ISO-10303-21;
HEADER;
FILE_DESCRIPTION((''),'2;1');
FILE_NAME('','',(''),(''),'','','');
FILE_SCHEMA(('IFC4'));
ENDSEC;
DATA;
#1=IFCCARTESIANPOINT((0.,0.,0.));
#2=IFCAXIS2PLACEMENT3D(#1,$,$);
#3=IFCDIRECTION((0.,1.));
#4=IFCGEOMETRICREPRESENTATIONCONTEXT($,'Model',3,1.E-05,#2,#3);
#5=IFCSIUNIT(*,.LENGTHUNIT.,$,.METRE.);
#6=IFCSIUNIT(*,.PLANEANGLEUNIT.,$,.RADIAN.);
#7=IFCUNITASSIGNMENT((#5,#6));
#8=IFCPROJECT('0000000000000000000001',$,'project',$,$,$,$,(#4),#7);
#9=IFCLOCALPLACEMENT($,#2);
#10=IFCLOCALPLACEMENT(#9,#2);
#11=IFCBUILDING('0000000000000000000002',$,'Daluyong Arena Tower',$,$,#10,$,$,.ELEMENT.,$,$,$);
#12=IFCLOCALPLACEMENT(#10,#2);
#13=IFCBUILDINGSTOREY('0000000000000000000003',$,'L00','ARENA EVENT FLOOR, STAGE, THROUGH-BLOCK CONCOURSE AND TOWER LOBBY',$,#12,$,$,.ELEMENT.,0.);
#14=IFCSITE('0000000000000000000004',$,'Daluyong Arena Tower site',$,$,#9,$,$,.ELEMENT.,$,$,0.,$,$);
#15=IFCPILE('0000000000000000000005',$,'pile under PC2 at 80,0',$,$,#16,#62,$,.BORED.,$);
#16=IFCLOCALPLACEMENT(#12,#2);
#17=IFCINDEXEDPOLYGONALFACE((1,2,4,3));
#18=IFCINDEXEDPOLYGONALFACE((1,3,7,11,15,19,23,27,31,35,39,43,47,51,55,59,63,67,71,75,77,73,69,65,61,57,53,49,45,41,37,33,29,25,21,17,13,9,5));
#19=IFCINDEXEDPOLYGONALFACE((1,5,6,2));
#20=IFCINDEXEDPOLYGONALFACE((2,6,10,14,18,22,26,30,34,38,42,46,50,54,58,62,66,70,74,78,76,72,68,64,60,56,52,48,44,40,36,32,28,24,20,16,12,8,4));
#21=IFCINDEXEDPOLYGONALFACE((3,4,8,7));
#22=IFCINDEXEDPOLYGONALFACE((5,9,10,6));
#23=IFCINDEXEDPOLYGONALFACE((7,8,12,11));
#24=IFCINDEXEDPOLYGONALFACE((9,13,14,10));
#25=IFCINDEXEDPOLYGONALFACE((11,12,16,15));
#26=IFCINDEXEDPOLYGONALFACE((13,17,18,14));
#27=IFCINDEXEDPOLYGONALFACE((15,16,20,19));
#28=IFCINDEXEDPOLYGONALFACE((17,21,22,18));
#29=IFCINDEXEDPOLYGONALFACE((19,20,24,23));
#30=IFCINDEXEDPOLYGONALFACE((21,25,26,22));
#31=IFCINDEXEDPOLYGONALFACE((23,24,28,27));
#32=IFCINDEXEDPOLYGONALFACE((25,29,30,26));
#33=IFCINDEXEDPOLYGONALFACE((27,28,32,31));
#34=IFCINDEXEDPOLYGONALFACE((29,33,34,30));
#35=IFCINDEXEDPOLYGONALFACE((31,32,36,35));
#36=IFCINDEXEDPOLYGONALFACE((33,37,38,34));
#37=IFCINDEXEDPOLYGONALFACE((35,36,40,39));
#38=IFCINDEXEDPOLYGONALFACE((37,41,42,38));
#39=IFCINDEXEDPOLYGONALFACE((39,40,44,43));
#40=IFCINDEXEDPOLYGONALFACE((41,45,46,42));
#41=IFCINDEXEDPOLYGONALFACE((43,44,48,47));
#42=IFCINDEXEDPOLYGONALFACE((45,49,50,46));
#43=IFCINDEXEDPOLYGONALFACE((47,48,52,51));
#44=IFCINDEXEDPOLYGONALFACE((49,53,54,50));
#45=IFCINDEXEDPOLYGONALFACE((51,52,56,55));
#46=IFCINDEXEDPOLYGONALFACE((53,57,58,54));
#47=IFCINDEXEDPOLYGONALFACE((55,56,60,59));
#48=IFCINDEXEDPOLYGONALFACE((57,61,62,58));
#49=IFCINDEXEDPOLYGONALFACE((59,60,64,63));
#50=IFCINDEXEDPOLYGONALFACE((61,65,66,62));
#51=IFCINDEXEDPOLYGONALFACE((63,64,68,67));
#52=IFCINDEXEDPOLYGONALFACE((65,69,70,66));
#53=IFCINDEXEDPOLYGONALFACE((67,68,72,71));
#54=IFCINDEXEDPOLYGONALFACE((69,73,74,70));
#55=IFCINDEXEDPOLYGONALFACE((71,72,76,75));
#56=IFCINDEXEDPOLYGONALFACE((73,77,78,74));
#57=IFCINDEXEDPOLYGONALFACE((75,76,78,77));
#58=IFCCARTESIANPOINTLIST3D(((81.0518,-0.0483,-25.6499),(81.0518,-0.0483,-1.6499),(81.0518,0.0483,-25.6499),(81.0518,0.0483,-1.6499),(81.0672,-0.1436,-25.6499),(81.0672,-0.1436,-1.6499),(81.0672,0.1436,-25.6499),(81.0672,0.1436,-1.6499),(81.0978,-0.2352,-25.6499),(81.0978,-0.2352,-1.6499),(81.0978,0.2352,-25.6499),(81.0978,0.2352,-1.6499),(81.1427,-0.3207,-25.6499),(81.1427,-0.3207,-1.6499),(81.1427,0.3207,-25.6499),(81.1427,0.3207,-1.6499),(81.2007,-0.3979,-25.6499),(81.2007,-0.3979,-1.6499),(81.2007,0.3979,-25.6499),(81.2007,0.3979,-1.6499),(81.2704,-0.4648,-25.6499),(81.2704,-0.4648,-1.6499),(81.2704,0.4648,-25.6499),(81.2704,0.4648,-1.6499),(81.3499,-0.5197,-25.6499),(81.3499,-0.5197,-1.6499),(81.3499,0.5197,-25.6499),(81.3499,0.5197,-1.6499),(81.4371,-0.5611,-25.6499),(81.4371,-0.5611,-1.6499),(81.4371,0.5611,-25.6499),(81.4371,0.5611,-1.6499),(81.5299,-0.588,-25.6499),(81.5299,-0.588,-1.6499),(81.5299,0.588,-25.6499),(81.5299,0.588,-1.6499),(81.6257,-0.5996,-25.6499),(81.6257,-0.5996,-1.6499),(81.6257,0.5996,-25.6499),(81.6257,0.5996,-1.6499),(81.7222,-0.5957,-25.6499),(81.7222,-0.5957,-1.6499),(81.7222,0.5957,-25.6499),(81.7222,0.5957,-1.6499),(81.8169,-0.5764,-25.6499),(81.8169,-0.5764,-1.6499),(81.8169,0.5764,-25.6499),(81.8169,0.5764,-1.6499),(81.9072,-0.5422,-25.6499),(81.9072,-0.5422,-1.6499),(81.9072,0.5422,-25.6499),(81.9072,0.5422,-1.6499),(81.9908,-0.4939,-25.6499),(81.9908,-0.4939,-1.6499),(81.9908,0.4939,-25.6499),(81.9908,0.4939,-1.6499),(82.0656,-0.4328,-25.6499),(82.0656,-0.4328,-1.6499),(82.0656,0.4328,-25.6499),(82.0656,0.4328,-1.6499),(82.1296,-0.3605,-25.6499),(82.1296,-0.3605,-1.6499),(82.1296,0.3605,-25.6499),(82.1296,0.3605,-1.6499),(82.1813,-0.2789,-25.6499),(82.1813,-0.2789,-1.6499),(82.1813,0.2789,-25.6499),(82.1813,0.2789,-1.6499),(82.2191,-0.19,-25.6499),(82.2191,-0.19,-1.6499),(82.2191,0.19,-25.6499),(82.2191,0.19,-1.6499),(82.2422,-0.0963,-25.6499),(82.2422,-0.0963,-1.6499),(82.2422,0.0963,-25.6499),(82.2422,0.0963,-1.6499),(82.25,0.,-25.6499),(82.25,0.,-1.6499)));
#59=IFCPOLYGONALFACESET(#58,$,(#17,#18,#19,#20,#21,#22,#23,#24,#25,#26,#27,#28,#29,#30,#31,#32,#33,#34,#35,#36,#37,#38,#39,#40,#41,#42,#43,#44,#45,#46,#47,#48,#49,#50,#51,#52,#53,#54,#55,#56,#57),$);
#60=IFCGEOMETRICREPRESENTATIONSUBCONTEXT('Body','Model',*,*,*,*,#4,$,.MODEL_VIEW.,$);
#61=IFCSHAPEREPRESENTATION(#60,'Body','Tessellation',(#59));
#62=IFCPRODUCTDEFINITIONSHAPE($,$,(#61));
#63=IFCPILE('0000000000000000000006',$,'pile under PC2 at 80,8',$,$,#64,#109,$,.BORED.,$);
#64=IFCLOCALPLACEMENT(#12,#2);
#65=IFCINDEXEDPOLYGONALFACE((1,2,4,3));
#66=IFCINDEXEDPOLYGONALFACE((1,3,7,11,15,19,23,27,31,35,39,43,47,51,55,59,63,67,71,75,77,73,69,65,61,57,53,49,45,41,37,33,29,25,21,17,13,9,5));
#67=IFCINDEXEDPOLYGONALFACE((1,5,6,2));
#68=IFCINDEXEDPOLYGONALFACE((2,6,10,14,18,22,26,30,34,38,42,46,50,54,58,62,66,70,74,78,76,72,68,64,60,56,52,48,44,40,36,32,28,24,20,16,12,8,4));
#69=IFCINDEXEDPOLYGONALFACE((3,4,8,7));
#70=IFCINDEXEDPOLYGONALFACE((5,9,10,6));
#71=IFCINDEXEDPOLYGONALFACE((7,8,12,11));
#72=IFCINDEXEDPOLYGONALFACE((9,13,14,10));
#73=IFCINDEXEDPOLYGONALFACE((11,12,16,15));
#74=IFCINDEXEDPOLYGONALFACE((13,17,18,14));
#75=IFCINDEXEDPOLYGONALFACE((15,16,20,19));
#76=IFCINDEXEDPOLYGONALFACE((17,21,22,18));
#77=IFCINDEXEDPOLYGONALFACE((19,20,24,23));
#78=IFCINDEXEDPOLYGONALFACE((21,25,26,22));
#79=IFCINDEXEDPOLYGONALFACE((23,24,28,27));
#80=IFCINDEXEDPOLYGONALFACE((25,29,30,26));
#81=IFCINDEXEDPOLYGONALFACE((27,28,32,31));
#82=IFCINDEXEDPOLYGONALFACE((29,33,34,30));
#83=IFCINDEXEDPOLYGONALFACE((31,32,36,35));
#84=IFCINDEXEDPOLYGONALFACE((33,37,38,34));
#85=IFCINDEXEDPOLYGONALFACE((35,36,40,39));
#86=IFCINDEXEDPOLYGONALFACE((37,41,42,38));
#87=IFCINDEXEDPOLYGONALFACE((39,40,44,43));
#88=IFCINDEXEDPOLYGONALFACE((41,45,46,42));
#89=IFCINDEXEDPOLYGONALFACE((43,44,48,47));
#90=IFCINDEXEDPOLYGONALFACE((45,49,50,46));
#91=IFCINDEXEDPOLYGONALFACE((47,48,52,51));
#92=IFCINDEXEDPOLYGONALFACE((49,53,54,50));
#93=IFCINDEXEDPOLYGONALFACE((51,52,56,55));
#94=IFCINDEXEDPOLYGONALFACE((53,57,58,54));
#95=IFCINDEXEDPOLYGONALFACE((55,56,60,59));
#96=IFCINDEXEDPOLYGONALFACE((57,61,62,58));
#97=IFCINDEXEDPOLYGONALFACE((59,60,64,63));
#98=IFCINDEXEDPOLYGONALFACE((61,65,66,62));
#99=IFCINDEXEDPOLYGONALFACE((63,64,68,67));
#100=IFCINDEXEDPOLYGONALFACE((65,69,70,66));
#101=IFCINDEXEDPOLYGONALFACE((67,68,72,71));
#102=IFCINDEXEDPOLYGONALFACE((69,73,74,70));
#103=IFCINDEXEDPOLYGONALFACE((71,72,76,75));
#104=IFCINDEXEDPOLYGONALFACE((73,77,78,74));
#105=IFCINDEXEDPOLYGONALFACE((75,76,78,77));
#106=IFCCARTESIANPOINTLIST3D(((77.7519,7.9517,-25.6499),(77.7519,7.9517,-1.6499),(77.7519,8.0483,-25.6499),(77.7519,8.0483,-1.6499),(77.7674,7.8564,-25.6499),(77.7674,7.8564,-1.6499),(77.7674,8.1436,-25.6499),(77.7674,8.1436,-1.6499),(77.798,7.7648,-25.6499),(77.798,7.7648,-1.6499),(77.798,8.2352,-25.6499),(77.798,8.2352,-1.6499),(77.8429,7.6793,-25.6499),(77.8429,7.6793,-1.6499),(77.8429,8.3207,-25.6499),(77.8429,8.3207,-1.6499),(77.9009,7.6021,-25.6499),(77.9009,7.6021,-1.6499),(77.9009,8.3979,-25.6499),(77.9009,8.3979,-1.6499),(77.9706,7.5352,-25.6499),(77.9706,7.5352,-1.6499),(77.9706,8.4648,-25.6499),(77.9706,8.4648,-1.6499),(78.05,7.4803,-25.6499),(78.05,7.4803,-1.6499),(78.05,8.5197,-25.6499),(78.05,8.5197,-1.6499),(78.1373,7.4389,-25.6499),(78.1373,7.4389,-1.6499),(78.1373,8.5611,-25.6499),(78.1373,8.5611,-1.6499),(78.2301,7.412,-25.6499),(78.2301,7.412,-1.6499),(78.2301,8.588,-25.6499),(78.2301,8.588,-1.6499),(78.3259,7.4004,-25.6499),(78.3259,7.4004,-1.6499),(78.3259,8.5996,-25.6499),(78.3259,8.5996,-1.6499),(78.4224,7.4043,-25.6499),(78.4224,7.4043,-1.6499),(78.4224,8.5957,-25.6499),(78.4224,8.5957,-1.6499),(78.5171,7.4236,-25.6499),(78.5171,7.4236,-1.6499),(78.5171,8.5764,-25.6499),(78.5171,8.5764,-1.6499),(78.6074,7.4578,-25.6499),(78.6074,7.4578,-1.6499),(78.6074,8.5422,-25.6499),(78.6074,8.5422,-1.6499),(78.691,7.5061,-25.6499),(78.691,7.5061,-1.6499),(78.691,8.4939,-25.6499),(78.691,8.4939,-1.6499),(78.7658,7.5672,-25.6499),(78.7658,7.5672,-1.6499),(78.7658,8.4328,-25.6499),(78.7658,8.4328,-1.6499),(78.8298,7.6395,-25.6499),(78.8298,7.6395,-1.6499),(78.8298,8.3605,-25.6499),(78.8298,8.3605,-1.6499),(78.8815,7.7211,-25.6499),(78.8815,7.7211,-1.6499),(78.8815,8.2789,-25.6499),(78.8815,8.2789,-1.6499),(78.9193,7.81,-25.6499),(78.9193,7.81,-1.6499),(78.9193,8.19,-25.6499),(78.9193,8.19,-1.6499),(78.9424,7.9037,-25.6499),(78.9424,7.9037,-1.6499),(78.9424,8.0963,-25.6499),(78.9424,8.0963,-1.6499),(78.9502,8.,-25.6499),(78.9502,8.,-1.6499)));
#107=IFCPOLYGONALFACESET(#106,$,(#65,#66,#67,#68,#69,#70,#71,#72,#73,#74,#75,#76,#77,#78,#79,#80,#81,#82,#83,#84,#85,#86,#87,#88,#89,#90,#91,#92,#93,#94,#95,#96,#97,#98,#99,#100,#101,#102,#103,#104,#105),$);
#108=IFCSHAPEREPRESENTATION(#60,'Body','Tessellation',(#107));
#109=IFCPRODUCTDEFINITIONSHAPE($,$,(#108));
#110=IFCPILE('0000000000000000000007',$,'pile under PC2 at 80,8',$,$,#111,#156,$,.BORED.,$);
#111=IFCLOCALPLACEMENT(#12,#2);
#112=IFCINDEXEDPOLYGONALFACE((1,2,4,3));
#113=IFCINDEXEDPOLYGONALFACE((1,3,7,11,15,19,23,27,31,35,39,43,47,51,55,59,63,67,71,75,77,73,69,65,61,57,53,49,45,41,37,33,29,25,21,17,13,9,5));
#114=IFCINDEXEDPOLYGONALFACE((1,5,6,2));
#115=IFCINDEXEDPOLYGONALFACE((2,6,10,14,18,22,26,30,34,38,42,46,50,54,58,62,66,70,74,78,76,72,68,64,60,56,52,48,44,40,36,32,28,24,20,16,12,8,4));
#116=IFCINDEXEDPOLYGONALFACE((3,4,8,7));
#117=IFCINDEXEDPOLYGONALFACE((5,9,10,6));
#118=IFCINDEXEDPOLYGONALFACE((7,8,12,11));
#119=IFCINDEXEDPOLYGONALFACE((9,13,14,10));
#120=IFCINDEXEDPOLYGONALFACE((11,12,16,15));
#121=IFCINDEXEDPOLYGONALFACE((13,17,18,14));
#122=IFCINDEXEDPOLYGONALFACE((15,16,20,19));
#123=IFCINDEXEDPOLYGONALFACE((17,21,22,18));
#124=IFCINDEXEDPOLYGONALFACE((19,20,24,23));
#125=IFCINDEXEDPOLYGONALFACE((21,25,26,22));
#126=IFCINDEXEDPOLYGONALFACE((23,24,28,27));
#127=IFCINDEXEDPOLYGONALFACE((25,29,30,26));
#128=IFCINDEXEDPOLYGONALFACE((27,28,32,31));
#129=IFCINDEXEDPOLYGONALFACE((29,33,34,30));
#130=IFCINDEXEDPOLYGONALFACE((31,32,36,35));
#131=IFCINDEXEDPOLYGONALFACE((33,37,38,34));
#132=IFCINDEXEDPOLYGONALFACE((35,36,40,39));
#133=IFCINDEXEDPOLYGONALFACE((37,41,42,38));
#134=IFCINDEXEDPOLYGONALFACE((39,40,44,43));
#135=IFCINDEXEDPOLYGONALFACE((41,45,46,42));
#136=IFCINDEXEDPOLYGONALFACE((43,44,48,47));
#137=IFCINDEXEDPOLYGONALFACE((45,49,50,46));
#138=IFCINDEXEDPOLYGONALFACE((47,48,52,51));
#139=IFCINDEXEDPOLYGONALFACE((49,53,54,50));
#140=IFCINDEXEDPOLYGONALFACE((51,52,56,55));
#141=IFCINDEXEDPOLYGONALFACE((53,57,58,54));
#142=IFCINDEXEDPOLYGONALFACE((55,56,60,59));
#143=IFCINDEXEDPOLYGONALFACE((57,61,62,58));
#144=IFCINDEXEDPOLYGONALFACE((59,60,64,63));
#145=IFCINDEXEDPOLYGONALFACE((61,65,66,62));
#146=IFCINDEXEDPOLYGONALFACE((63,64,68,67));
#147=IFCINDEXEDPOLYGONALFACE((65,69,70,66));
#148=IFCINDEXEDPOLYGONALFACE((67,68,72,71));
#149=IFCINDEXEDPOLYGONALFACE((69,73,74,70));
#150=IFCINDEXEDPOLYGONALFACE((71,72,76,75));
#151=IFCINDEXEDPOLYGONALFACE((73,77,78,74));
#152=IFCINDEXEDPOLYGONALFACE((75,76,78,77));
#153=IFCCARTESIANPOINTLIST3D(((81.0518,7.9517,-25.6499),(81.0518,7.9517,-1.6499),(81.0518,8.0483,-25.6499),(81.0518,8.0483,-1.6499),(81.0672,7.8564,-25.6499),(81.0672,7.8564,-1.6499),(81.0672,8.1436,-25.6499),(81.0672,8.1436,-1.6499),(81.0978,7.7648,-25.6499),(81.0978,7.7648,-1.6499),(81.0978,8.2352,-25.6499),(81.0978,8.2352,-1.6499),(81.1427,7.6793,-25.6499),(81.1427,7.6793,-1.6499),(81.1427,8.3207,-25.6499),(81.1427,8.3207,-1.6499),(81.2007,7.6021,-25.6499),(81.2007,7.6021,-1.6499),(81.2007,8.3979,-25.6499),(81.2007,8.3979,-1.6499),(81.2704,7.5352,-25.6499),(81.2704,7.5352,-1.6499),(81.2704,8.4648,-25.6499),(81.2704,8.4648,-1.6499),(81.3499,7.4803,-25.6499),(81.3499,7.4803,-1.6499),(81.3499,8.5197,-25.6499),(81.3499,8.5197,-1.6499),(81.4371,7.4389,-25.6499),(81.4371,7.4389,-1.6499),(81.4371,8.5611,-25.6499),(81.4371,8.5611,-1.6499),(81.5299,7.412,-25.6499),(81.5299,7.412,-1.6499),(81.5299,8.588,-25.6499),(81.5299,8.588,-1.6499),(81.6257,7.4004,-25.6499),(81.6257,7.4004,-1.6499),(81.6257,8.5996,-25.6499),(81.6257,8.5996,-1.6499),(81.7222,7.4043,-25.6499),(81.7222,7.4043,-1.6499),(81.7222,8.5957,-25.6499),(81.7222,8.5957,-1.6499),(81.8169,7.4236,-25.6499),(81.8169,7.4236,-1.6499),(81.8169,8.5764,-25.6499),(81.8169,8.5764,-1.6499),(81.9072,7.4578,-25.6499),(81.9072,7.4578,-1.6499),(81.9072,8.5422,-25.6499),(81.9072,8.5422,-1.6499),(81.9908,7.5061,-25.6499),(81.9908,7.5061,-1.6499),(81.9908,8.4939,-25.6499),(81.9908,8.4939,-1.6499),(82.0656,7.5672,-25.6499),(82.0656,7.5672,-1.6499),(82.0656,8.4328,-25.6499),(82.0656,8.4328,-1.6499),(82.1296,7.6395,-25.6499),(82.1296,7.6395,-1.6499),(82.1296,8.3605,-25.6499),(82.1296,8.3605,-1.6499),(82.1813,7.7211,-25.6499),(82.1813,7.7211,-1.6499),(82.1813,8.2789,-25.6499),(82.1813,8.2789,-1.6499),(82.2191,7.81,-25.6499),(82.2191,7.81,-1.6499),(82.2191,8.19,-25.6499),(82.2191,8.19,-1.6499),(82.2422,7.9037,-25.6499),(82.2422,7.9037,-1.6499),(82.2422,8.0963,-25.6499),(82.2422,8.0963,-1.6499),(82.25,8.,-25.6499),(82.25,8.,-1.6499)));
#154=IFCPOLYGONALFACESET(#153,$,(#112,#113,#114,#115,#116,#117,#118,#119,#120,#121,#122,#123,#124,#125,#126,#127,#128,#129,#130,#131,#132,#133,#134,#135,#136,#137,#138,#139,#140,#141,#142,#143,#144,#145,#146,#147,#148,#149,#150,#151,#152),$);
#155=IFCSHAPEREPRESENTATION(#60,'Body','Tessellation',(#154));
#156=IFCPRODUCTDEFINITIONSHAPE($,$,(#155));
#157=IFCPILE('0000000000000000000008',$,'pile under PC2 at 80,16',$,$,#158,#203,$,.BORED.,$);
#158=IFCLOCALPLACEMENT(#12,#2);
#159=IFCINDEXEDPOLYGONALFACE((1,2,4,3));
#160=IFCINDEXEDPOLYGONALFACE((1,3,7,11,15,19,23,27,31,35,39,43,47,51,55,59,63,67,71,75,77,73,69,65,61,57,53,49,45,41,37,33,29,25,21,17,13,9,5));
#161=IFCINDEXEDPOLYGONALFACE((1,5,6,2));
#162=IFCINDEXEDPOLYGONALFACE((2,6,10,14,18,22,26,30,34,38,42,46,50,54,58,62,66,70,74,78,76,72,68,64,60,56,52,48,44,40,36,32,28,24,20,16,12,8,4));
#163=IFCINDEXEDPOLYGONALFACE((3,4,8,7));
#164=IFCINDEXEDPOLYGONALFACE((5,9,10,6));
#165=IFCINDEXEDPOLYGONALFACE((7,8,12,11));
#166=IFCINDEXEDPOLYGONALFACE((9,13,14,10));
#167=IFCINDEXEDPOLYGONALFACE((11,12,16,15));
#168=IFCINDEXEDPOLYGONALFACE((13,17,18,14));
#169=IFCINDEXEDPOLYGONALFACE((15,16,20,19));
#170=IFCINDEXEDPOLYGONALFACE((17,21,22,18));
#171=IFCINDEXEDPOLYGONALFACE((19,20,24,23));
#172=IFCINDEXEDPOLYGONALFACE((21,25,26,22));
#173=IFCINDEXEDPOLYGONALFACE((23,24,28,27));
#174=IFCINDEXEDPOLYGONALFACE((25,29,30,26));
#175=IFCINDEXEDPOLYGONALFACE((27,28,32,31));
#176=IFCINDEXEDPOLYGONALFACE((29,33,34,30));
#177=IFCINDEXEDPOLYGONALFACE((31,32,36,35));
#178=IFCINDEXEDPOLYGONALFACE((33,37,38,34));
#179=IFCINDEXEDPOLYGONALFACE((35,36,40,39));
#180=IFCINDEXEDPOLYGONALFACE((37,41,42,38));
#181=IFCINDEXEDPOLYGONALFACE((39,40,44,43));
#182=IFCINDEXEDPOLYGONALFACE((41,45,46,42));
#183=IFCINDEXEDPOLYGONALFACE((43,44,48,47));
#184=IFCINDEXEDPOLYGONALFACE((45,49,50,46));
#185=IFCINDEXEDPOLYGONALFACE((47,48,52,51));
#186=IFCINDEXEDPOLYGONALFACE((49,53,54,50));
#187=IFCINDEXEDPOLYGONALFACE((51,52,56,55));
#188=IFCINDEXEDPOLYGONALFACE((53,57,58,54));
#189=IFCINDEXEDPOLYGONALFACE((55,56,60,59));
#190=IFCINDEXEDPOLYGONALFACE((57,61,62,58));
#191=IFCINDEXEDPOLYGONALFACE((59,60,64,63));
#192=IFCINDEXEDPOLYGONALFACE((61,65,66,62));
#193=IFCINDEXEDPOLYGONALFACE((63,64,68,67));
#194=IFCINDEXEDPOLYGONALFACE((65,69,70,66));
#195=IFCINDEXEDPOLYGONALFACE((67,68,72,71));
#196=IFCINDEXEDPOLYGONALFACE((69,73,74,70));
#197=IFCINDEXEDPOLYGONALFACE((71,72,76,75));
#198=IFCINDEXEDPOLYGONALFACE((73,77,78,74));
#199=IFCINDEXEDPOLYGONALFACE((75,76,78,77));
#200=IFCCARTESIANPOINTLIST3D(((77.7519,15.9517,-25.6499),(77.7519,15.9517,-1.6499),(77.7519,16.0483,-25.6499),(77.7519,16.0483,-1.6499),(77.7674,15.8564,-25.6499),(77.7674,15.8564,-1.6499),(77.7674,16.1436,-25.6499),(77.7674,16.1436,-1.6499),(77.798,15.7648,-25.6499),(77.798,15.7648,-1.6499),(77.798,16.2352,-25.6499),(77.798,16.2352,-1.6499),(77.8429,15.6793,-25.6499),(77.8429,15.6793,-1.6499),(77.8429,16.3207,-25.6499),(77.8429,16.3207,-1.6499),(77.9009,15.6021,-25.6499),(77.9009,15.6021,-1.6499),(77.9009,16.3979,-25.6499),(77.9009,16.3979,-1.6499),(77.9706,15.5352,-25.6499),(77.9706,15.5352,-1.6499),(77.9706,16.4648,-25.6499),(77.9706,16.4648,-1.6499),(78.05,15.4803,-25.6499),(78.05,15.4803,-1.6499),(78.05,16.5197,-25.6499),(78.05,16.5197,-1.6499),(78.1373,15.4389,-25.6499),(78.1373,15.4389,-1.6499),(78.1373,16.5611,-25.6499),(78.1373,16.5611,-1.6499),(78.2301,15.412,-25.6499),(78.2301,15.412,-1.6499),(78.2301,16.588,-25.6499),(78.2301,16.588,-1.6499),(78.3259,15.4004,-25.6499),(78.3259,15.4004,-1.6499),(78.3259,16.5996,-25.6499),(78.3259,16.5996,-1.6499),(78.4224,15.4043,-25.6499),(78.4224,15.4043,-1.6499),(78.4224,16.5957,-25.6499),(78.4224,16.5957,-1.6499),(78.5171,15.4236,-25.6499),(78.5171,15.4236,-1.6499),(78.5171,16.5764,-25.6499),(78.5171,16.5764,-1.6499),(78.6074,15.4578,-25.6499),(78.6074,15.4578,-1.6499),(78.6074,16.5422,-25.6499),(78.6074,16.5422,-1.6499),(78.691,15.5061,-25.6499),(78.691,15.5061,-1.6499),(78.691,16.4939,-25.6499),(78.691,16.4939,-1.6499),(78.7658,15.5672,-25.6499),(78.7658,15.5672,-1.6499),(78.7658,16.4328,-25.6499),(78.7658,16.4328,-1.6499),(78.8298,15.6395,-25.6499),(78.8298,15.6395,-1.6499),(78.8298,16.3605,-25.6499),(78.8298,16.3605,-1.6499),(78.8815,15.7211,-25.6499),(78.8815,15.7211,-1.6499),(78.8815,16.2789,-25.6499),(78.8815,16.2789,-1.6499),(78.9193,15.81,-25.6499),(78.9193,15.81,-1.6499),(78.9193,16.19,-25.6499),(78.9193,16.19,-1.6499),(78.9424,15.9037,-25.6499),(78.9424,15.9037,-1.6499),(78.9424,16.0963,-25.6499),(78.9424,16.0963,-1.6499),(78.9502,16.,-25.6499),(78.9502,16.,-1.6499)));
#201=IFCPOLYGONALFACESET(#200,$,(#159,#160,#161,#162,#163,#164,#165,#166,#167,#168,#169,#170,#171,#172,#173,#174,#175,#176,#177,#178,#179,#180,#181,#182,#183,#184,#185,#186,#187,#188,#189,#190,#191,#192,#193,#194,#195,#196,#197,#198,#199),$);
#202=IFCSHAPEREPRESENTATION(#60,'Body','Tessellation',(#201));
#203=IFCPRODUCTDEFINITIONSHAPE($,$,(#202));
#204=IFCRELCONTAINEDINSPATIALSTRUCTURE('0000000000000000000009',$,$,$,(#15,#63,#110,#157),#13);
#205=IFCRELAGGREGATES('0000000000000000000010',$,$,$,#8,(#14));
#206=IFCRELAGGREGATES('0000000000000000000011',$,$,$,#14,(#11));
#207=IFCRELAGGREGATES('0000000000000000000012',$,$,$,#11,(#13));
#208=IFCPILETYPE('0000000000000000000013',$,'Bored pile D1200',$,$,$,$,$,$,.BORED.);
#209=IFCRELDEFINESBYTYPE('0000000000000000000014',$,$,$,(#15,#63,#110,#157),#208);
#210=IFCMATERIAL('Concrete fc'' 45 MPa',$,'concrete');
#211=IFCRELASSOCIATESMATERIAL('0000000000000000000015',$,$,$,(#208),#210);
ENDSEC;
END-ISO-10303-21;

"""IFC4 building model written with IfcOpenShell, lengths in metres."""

from ifc_helpers import new_model, si_unit, direction, frame, origin, origin_2d, place, context, subcontext, project, spatial, circle, extrude, material, type_object, element, save


model = new_model("IFC4")

# Units and contexts
model_context = context("Model", 3, precision=1e-05, world=origin(), true_north=direction((0.0, 1.0)))
body_context = subcontext(model_context, "Body", "Model", "MODEL_VIEW")
ifc_project = project(units=[si_unit("LENGTHUNIT", "METRE"), si_unit("PLANEANGLEUNIT", "RADIAN")], contexts=[model_context])

# Site, building, storey
site_placement = place(None, origin())
site = spatial("IfcSite", under=ifc_project, at=site_placement, Name="Daluyong Arena Tower site", CompositionType="ELEMENT", RefElevation=0.0)
building_placement = place(site_placement, origin())
building = spatial("IfcBuilding", under=site, at=building_placement, Name="Daluyong Arena Tower", CompositionType="ELEMENT")
storey_placement = place(building_placement, origin())
storey = spatial("IfcBuildingStorey", under=building, at=storey_placement, Name="L00", Description="ARENA EVENT FLOOR, STAGE, THROUGH-BLOCK CONCOURSE AND TOWER LOBBY", CompositionType="ELEMENT", Elevation=0.0)

# Piles
ifc_material_1 = material(Name="Concrete fc' 45 MPa", Category="concrete")
pile_type = type_object("IfcPileType", Name="Bored pile D1200", PredefinedType="BORED", material=ifc_material_1)
for number, where, z_axis, x_axis, name in (
    (1, (81.6499, 0.0, -1.6499), (0.0, 0.0, -1.0), (1.0, 0.0, 0.0), "pile under PC2 at 80,0"),
    (2, (78.3501, 8.0, -1.6499), (0.0, 0.0, -1.0), (1.0, 0.0, 0.0), "pile under PC2 at 80,8"),
    (3, (81.6499, 8.0, -1.6499), (0.0, 0.0, -1.0), (1.0, 0.0, 0.0), "pile under PC2 at 80,8"),
    (4, (78.3501, 16.0, -1.6499), (0.0, 0.0, -1.0), (1.0, 0.0, 0.0), "pile under PC2 at 80,16"),
):
    element("IfcPile", number, at=place(storey_placement, frame(where, z_axis=z_axis, x_axis=x_axis)), inside=storey, type_object=pile_type, Name=name, PredefinedType="BORED", context=body_context, shape_type="SweptSolid", body=[
        extrude(circle(Radius=0.6001, at=origin_2d()), origin(), (0.0, 0.0, 1.0), 24.0),
    ])

save(model, "model.ifc")
